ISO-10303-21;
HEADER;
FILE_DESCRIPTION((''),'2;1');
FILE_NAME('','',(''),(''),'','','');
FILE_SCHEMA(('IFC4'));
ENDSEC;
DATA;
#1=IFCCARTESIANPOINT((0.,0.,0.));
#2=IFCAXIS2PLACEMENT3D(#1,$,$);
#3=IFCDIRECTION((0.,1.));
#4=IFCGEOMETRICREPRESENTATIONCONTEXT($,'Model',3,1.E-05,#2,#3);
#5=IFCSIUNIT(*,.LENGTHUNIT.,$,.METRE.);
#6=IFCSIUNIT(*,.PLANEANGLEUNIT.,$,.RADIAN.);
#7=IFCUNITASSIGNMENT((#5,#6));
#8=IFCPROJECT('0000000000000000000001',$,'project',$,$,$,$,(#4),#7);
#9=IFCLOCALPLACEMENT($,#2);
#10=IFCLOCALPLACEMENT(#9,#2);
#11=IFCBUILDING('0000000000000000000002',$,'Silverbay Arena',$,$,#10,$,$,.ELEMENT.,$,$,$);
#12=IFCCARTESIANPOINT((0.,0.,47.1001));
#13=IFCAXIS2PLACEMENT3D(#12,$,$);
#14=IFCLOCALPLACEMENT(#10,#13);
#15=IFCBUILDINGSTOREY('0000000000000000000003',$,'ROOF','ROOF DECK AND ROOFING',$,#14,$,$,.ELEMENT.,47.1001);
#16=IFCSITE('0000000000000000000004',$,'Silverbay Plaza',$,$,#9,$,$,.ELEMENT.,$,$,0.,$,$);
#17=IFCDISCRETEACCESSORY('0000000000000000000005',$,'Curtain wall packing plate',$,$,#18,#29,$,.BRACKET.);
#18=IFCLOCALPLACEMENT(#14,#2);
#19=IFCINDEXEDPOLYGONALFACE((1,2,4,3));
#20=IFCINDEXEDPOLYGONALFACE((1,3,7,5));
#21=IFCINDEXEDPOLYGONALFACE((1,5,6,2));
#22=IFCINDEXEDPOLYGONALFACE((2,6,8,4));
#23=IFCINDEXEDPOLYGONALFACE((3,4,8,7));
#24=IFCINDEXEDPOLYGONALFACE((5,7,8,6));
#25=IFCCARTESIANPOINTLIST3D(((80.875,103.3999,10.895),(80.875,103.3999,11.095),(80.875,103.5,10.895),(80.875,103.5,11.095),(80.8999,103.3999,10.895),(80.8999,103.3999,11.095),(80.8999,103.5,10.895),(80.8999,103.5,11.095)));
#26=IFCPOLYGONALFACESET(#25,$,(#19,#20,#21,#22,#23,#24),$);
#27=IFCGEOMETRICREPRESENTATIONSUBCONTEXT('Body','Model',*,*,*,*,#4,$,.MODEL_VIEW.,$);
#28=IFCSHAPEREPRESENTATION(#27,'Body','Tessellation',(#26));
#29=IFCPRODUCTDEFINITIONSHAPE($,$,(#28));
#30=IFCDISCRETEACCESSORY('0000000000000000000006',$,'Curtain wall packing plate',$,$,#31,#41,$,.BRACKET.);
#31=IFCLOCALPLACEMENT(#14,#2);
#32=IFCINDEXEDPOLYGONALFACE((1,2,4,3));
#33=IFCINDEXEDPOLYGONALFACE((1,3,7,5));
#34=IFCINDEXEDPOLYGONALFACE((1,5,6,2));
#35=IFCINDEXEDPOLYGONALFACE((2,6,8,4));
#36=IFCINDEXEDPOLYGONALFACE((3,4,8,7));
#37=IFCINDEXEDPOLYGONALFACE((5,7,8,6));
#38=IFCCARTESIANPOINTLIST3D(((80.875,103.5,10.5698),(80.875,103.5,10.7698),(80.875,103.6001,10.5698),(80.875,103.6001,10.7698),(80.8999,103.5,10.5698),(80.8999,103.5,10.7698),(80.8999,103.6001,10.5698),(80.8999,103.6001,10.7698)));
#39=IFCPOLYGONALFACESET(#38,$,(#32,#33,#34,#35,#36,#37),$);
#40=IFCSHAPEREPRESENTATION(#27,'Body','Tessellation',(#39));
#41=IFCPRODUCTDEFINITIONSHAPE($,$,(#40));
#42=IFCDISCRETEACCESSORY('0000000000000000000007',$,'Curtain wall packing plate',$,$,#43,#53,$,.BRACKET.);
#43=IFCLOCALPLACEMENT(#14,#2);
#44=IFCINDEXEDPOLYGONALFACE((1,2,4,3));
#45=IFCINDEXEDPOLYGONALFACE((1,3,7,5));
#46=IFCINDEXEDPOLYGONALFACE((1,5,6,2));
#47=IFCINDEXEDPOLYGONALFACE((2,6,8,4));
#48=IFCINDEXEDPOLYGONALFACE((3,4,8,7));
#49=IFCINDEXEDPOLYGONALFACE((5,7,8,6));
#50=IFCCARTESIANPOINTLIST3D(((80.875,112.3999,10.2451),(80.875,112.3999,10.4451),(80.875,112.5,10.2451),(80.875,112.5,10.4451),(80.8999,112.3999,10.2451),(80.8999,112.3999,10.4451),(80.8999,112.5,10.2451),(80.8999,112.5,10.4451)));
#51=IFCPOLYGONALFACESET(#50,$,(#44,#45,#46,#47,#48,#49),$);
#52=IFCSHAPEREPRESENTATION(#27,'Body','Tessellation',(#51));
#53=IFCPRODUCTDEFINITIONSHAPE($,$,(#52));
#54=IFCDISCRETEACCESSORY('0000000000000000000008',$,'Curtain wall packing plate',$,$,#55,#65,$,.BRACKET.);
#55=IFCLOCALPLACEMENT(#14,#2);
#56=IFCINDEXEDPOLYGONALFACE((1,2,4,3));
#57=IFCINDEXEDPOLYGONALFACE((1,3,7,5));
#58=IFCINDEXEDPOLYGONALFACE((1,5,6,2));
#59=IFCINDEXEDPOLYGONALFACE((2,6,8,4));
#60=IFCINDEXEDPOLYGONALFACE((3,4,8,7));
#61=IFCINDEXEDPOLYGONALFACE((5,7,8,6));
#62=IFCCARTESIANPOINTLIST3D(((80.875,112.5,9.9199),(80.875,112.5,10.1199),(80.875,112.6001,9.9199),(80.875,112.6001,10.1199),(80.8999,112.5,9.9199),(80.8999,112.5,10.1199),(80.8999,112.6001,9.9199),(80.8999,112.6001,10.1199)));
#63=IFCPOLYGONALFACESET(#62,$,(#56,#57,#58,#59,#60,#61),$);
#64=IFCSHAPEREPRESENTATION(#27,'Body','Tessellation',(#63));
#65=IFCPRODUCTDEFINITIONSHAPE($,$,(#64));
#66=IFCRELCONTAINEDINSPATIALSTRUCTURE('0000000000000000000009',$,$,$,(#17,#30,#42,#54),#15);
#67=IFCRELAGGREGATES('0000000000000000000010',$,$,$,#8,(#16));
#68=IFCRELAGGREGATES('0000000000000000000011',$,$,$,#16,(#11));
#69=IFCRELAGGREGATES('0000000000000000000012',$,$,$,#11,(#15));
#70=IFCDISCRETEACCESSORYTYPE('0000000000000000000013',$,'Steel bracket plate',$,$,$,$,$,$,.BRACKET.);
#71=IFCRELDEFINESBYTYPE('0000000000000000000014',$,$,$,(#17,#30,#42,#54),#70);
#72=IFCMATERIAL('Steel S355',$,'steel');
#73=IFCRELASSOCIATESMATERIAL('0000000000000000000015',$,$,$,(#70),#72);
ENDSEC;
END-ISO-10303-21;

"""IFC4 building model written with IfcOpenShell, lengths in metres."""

from ifc_helpers import new_model, si_unit, direction, frame, origin, origin_2d, place, context, subcontext, project, spatial, rectangle, extrude, material, type_object, element, save


model = new_model("IFC4")

# Units and contexts
model_context = context("Model", 3, precision=1e-05, world=origin(), true_north=direction((0.0, 1.0)))
body_context = subcontext(model_context, "Body", "Model", "MODEL_VIEW")
ifc_project = project(units=[si_unit("LENGTHUNIT", "METRE"), si_unit("PLANEANGLEUNIT", "RADIAN")], contexts=[model_context])

# Site, building, storey
site_placement = place(None, origin())
site = spatial("IfcSite", under=ifc_project, at=site_placement, Name="Silverbay Plaza", CompositionType="ELEMENT", RefElevation=0.0)
building_placement = place(site_placement, origin())
building = spatial("IfcBuilding", under=site, at=building_placement, Name="Silverbay Arena", CompositionType="ELEMENT")
storey_placement = place(building_placement, frame((0.0, 0.0, 47.1001)))
storey = spatial("IfcBuildingStorey", under=building, at=storey_placement, Name="ROOF", Description="ROOF DECK AND ROOFING", CompositionType="ELEMENT", Elevation=47.1001)

# Discrete accessories
ifc_material_1 = material(Name="Steel S355", Category="steel")
discrete_accessory_type = type_object("IfcDiscreteAccessoryType", Name="Steel bracket plate", PredefinedType="BRACKET", material=ifc_material_1)
for number, where, z_axis, x_axis, name in (
    (1, (80.8875, 103.45, 10.895), (0.0, 0.0, 1.0), (1.0, 0.0, 0.0), "Curtain wall packing plate"),
    (2, (80.8875, 103.55, 10.5698), (0.0, 0.0, 1.0), (1.0, 0.0, 0.0), "Curtain wall packing plate"),
    (3, (80.8875, 112.45, 10.2451), (0.0, 0.0, 1.0), (1.0, 0.0, 0.0), "Curtain wall packing plate"),
    (4, (80.8875, 112.55, 9.9199), (0.0, 0.0, 1.0), (1.0, 0.0, 0.0), "Curtain wall packing plate"),
):
    element("IfcDiscreteAccessory", number, at=place(storey_placement, frame(where, z_axis=z_axis, x_axis=x_axis)), inside=storey, type_object=discrete_accessory_type, Name=name, PredefinedType="BRACKET", context=body_context, shape_type="SweptSolid", body=[
        extrude(rectangle(XDim=0.0249, YDim=0.1001, at=origin_2d()), origin(), (0.0, 0.0, 1.0), 0.2),
    ])

save(model, "model.ifc")
